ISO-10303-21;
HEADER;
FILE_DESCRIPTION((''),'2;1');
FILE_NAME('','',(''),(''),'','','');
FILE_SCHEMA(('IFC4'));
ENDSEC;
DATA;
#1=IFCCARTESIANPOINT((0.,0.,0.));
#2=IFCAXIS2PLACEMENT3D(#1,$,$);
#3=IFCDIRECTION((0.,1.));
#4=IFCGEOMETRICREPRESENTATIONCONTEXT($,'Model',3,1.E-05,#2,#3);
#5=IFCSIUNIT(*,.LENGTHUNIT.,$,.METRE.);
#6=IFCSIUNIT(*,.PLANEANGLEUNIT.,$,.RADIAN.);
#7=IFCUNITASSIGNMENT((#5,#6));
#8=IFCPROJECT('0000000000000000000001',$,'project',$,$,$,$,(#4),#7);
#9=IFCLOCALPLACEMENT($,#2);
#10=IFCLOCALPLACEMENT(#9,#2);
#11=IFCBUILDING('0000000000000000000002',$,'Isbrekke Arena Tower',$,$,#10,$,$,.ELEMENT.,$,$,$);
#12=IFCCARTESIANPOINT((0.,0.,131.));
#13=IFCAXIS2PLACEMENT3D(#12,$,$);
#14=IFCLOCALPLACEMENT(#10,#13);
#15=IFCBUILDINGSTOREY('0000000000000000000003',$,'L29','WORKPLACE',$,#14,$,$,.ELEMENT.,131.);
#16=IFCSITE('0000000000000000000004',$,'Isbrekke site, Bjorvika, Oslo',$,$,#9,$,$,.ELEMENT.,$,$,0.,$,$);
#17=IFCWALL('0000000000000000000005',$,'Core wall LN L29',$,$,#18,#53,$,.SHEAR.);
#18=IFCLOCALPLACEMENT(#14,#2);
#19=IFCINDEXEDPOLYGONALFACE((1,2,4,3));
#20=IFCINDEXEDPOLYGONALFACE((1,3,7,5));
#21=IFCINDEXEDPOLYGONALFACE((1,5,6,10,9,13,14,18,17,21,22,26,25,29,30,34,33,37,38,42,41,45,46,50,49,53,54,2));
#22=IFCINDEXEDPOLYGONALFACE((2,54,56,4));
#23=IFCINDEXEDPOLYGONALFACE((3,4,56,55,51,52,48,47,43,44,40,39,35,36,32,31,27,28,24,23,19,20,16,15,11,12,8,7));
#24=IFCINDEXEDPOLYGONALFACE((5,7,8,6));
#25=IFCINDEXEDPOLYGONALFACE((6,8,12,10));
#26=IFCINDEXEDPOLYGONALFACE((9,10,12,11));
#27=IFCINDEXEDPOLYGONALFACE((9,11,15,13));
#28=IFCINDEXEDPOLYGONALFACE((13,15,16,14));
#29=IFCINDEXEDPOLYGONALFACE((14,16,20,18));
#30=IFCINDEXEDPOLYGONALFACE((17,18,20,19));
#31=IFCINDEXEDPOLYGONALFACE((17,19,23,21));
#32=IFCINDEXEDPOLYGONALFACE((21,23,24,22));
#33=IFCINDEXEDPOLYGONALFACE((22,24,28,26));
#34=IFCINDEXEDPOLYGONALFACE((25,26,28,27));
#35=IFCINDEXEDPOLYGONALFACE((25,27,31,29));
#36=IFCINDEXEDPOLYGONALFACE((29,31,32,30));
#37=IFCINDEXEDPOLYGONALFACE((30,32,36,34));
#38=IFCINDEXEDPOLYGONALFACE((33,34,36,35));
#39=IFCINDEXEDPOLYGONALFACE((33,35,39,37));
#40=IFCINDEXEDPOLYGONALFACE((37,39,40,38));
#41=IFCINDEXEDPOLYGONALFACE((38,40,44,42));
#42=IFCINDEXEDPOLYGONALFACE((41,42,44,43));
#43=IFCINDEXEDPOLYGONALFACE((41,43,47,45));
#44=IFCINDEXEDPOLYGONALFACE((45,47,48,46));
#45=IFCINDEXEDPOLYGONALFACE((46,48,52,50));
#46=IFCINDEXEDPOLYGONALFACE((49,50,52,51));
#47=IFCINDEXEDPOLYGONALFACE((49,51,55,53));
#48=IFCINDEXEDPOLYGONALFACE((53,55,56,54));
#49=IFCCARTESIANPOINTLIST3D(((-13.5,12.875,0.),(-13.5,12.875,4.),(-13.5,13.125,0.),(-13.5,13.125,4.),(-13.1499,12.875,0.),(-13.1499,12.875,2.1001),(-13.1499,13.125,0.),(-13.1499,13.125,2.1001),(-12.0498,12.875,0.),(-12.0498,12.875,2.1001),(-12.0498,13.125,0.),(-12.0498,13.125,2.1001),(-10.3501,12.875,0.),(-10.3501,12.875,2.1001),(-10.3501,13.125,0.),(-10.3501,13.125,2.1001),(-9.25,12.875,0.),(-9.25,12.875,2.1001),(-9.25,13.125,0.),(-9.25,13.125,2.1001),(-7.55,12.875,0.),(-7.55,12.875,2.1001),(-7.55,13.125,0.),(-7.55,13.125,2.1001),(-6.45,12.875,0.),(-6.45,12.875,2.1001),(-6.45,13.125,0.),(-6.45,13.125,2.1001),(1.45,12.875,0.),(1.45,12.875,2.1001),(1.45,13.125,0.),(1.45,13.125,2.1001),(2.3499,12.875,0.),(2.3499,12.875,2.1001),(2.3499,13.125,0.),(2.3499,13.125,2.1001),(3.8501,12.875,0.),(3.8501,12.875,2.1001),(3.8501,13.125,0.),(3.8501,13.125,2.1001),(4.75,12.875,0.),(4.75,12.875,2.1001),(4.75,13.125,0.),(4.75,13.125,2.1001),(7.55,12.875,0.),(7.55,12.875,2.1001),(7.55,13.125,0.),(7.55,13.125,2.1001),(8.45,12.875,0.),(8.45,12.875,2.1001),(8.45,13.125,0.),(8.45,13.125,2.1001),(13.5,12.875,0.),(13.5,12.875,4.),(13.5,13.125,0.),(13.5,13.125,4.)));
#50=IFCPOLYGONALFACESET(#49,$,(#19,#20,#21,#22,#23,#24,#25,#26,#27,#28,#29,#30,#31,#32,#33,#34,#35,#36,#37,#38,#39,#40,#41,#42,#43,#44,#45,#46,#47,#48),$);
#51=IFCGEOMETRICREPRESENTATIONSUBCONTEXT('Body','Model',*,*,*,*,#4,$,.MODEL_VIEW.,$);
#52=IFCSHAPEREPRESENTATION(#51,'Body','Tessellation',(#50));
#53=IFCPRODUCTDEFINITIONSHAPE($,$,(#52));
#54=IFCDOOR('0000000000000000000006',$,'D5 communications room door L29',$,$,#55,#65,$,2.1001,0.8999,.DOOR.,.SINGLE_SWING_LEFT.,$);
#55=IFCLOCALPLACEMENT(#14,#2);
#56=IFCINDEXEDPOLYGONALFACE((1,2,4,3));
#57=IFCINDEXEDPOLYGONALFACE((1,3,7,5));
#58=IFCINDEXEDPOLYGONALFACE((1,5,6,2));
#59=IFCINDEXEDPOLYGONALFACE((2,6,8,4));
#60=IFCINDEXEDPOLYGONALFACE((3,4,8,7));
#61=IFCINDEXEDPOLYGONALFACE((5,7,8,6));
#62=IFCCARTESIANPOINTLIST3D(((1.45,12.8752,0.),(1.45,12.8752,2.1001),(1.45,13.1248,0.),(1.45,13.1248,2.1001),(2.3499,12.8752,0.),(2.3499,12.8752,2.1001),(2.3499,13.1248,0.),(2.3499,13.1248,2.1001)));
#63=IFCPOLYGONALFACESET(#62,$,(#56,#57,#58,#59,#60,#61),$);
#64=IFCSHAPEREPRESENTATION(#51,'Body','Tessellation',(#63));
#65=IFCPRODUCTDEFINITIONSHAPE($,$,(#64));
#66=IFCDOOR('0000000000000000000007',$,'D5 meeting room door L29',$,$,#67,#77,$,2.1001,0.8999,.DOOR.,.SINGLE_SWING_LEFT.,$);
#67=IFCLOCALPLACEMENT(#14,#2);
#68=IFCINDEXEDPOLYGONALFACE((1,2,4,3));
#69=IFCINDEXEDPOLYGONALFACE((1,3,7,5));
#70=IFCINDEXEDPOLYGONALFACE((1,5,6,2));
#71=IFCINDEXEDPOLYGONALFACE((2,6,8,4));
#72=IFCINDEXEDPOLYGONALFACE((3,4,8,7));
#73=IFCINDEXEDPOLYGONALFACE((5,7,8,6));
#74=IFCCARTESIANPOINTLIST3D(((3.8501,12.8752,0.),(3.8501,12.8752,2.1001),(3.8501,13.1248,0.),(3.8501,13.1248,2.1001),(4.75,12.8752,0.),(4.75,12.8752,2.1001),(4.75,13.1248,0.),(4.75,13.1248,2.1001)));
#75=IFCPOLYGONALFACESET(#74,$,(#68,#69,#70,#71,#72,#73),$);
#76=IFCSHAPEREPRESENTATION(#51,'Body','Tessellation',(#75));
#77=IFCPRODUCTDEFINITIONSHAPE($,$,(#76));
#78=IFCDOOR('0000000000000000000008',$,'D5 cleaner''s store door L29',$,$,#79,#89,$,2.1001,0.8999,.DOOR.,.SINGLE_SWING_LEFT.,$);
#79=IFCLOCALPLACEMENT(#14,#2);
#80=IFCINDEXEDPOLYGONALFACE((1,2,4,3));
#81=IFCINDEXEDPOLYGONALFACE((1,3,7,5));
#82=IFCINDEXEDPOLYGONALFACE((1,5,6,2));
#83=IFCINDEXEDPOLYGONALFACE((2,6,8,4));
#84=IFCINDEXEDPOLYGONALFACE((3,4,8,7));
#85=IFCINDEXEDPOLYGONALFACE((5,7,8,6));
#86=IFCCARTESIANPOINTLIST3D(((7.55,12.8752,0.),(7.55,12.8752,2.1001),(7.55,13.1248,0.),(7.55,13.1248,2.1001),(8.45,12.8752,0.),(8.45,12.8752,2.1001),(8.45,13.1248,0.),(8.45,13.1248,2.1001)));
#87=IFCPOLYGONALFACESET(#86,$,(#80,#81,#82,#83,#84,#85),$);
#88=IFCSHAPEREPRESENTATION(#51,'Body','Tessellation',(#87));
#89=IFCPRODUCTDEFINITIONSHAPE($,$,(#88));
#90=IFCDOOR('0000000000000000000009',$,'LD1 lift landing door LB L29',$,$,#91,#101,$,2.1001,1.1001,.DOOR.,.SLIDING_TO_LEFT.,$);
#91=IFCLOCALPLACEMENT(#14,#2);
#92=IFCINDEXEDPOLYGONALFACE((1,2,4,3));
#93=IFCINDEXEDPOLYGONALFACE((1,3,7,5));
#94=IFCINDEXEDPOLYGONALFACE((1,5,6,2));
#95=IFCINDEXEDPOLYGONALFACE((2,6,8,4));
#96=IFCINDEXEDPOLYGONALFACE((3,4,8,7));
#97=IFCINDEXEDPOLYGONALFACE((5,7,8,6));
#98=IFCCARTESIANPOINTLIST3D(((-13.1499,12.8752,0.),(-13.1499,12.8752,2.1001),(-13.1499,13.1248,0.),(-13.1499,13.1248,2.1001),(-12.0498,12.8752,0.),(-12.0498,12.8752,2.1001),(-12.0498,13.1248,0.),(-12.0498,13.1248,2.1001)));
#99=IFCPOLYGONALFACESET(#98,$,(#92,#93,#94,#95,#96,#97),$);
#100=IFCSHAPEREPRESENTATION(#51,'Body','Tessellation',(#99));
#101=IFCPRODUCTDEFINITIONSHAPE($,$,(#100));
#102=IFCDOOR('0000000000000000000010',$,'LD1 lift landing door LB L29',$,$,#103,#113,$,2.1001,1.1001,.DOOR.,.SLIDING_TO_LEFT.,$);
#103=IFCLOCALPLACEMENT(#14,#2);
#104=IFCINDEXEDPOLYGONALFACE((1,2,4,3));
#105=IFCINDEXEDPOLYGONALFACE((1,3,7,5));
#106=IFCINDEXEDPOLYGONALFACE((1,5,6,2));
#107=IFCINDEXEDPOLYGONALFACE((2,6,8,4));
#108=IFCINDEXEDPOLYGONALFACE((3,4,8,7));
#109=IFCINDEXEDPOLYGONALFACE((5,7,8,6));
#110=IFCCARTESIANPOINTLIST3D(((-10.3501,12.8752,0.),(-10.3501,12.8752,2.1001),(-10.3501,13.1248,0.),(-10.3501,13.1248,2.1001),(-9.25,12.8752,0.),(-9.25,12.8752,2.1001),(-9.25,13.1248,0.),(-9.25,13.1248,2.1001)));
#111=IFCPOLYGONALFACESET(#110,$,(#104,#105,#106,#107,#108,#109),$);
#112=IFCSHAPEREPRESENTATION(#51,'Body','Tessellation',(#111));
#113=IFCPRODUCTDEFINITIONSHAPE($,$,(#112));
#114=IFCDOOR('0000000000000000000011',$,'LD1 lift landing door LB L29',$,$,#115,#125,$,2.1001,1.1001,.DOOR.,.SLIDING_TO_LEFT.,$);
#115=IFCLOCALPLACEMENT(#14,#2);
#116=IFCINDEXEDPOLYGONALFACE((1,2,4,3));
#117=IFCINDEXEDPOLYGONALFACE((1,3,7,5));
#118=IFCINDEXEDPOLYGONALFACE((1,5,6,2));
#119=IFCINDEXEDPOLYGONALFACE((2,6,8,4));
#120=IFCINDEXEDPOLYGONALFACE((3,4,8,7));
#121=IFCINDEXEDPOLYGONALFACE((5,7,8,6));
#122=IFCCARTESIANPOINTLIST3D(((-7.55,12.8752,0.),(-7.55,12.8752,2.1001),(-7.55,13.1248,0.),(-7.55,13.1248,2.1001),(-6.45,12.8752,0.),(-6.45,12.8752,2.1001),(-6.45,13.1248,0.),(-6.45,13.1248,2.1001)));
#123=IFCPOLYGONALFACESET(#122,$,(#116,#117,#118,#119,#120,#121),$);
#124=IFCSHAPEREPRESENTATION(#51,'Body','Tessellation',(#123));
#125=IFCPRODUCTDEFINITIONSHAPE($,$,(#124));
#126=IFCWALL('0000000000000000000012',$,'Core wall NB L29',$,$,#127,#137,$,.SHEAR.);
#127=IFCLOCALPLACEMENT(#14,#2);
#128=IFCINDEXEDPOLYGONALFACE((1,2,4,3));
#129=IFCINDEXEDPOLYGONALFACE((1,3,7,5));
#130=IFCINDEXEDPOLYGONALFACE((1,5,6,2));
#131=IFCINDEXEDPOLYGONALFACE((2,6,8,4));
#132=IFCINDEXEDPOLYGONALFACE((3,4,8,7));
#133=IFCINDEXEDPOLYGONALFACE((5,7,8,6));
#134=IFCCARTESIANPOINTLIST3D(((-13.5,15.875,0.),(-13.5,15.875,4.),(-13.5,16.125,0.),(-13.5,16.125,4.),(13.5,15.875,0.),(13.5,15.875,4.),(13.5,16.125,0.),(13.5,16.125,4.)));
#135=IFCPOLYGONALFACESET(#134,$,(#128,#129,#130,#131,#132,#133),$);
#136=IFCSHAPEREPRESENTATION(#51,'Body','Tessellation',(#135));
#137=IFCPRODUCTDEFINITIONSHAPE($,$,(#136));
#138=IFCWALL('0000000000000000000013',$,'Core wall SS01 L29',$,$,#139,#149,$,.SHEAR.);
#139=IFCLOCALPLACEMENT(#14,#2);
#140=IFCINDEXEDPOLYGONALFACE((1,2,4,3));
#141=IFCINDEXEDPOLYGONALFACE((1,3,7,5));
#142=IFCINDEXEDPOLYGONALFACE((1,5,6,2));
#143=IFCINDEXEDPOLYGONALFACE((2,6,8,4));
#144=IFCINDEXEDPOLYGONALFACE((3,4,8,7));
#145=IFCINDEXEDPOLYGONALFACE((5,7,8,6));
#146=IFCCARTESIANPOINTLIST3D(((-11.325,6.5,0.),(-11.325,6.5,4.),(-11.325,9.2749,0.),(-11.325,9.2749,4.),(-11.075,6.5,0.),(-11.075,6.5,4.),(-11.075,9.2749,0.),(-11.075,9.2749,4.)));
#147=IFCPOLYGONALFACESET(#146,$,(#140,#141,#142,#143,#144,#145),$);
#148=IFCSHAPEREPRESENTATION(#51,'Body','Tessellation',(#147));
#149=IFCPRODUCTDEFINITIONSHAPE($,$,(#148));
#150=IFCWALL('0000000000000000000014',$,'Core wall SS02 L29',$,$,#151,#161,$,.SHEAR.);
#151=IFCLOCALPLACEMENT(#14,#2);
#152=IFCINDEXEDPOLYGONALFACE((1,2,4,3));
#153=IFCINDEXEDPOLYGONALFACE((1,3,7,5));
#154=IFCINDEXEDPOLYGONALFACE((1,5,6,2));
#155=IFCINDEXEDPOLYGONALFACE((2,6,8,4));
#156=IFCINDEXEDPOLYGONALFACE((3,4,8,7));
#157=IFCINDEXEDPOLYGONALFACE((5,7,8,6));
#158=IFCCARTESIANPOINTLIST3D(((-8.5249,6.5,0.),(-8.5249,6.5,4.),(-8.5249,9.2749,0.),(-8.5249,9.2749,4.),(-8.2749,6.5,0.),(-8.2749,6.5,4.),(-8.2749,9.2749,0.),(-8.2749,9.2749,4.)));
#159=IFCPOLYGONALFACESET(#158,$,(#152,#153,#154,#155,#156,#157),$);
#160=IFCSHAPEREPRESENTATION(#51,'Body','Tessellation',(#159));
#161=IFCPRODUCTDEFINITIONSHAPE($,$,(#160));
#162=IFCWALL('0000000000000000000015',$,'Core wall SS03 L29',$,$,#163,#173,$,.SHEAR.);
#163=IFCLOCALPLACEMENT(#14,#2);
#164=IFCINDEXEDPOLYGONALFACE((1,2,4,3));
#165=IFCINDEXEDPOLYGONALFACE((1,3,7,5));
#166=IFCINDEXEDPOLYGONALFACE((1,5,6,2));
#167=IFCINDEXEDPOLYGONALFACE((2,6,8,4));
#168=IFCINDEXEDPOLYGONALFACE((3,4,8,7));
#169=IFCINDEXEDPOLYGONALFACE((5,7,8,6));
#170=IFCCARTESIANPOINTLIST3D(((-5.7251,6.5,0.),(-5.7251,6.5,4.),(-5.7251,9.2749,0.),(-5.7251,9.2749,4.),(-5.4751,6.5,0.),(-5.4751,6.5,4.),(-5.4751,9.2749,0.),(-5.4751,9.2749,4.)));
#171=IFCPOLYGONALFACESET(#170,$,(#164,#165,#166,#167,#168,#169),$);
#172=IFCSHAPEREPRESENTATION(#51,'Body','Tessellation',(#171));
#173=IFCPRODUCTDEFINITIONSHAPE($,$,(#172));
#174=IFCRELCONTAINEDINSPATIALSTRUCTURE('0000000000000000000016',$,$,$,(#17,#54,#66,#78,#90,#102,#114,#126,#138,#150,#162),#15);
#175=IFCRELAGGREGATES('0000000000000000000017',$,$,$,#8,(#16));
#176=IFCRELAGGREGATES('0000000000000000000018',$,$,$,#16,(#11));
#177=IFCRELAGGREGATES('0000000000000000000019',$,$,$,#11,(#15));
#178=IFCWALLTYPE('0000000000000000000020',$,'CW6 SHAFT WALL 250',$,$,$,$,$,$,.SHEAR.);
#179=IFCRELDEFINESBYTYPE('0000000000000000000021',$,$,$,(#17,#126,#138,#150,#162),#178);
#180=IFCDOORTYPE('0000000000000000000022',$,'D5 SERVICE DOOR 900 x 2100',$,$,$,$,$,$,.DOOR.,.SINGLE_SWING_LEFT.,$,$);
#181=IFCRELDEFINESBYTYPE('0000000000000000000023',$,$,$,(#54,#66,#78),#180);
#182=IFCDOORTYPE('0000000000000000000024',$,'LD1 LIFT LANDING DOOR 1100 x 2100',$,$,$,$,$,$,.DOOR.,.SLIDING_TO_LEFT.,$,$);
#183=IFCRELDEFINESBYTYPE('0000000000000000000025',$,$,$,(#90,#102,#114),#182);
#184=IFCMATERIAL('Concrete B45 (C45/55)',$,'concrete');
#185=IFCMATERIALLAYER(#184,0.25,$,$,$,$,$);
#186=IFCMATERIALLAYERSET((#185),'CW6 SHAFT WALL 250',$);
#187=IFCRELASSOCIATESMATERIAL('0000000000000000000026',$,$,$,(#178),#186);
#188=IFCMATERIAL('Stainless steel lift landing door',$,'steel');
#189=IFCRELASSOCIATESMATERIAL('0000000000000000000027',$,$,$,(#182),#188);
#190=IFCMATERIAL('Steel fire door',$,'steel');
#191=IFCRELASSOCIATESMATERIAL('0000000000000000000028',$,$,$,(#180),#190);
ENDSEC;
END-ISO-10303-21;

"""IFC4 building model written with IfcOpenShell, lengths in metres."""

from ifc_helpers import new_model, si_unit, direction, frame, frame_2d, origin, place, context, subcontext, project, spatial, rectangle, extrude, material, layer, layer_set, type_object, element, fill, save


model = new_model("IFC4")

# Units and contexts
model_context = context("Model", 3, precision=1e-05, world=origin(), true_north=direction((0.0, 1.0)))
body_context = subcontext(model_context, "Body", "Model", "MODEL_VIEW")
ifc_project = project(units=[si_unit("LENGTHUNIT", "METRE"), si_unit("PLANEANGLEUNIT", "RADIAN")], contexts=[model_context])

# Site, building, storey
site_placement = place(None, origin())
site = spatial("IfcSite", under=ifc_project, at=site_placement, Name="Isbrekke site, Bjorvika, Oslo", CompositionType="ELEMENT", RefElevation=0.0)
building_placement = place(site_placement, origin())
building = spatial("IfcBuilding", under=site, at=building_placement, Name="Isbrekke Arena Tower", CompositionType="ELEMENT")
storey_placement = place(building_placement, frame((0.0, 0.0, 131.0)))
storey = spatial("IfcBuildingStorey", under=building, at=storey_placement, Name="L29", Description="WORKPLACE", CompositionType="ELEMENT", Elevation=131.0)

# Wall, openings, doors
ifc_material_1 = material(Name="Concrete B45 (C45/55)", Category="concrete")
ifc_layer_1 = layer(ifc_material_1, 0.25)
ifc_layer_set_1 = layer_set([ifc_layer_1], Name="CW6 SHAFT WALL 250")
wall_type_1 = type_object("IfcWallType", Name="CW6 SHAFT WALL 250", PredefinedType="SHEAR", material=ifc_layer_set_1)
ifc_material_2 = material(Name="Stainless steel lift landing door", Category="steel")
door_type_1 = type_object("IfcDoorType", Name="LD1 LIFT LANDING DOOR 1100 x 2100", OperationType="SLIDING_TO_LEFT", PredefinedType="DOOR", material=ifc_material_2)
wall_1_placement = place(storey_placement, frame((-13.5, 13.0, 0.0), z_axis=(0.0, 0.0, 1.0), x_axis=(1.0, 0.0, 0.0)))
wall_1 = element("IfcWall", 1, at=wall_1_placement, inside=storey, type_object=wall_type_1, Name="Core wall LN L29", PredefinedType="SHEAR", context=body_context, shape_type="SweptSolid", body=[
    extrude(rectangle(XDim=27.0, YDim=0.25, at=frame_2d((13.5, 0.0))), origin(), (0.0, 0.0, 1.0), 4.0),
])
opening_1_placement = place(wall_1_placement, frame((0.3501, 0.0, 0.0)))
opening_1 = element("IfcOpeningElement", 2, at=opening_1_placement, cuts=wall_1, PredefinedType="OPENING", context=body_context, shape_type="SweptSolid", body=[
    extrude(rectangle(XDim=1.1001, YDim=2.1001, at=frame_2d((0.55, 1.05))), frame((0.0, 0.1399, 0.0), z_axis=(0.0, -1.0, 0.0), x_axis=(1.0, 0.0, 0.0)), (0.0, 0.0, 1.0), 0.2798),
])
opening_2_placement = place(wall_1_placement, frame((3.1499, 0.0, 0.0)))
opening_2 = element("IfcOpeningElement", 3, at=opening_2_placement, cuts=wall_1, PredefinedType="OPENING", context=body_context, shape_type="SweptSolid", body=[
    extrude(rectangle(XDim=1.1001, YDim=2.1001, at=frame_2d((0.55, 1.05))), frame((0.0, 0.1399, 0.0), z_axis=(0.0, -1.0, 0.0), x_axis=(1.0, 0.0, 0.0)), (0.0, 0.0, 1.0), 0.2798),
])
opening_3_placement = place(wall_1_placement, frame((5.95, 0.0, 0.0)))
opening_3 = element("IfcOpeningElement", 4, at=opening_3_placement, cuts=wall_1, PredefinedType="OPENING", context=body_context, shape_type="SweptSolid", body=[
    extrude(rectangle(XDim=1.1001, YDim=2.1001, at=frame_2d((0.55, 1.05))), frame((0.0, 0.1399, 0.0), z_axis=(0.0, -1.0, 0.0), x_axis=(1.0, 0.0, 0.0)), (0.0, 0.0, 1.0), 0.2798),
])
opening_4_placement = place(wall_1_placement, frame((14.95, 0.0, 0.0)))
opening_4 = element("IfcOpeningElement", 5, at=opening_4_placement, cuts=wall_1, PredefinedType="OPENING", context=body_context, shape_type="SweptSolid", body=[
    extrude(rectangle(XDim=0.8999, YDim=2.1001, at=frame_2d((0.45, 1.05))), frame((0.0, 0.1399, 0.0), z_axis=(0.0, -1.0, 0.0), x_axis=(1.0, 0.0, 0.0)), (0.0, 0.0, 1.0), 0.2798),
])
opening_5_placement = place(wall_1_placement, frame((17.3501, 0.0, 0.0)))
opening_5 = element("IfcOpeningElement", 6, at=opening_5_placement, cuts=wall_1, PredefinedType="OPENING", context=body_context, shape_type="SweptSolid", body=[
    extrude(rectangle(XDim=0.8999, YDim=2.1001, at=frame_2d((0.45, 1.05))), frame((0.0, 0.1399, 0.0), z_axis=(0.0, -1.0, 0.0), x_axis=(1.0, 0.0, 0.0)), (0.0, 0.0, 1.0), 0.2798),
])
opening_6_placement = place(wall_1_placement, frame((21.05, 0.0, 0.0)))
opening_6 = element("IfcOpeningElement", 7, at=opening_6_placement, cuts=wall_1, PredefinedType="OPENING", context=body_context, shape_type="SweptSolid", body=[
    extrude(rectangle(XDim=0.8999, YDim=2.1001, at=frame_2d((0.45, 1.05))), frame((0.0, 0.1399, 0.0), z_axis=(0.0, -1.0, 0.0), x_axis=(1.0, 0.0, 0.0)), (0.0, 0.0, 1.0), 0.2798),
])
ifc_material_3 = material(Name="Steel fire door", Category="steel")
door_type_2 = type_object("IfcDoorType", Name="D5 SERVICE DOOR 900 x 2100", OperationType="SINGLE_SWING_LEFT", PredefinedType="DOOR", material=ifc_material_3)
door_1_placement = place(opening_4_placement, origin())
door_1 = element("IfcDoor", 8, at=door_1_placement, inside=storey, type_object=door_type_2, Name="D5 communications room door L29", OperationType="SINGLE_SWING_LEFT", OverallHeight=2.1001, OverallWidth=0.8999, PredefinedType="DOOR", context=body_context, shape_type="SweptSolid", body=[
    extrude(rectangle(XDim=0.8999, YDim=2.1001, at=frame_2d((0.45, 1.05))), frame((0.0, 0.1248, 0.0), z_axis=(0.0, -1.0, 0.0), x_axis=(1.0, 0.0, 0.0)), (0.0, 0.0, 1.0), 0.2495),
])
fill(opening_4, door_1)
door_2_placement = place(opening_5_placement, origin())
door_2 = element("IfcDoor", 9, at=door_2_placement, inside=storey, type_object=door_type_2, Name="D5 meeting room door L29", OperationType="SINGLE_SWING_LEFT", OverallHeight=2.1001, OverallWidth=0.8999, PredefinedType="DOOR", context=body_context, shape_type="SweptSolid", body=[
    extrude(rectangle(XDim=0.8999, YDim=2.1001, at=frame_2d((0.45, 1.05))), frame((0.0, 0.1248, 0.0), z_axis=(0.0, -1.0, 0.0), x_axis=(1.0, 0.0, 0.0)), (0.0, 0.0, 1.0), 0.2495),
])
fill(opening_5, door_2)
door_3_placement = place(opening_6_placement, origin())
door_3 = element("IfcDoor", 10, at=door_3_placement, inside=storey, type_object=door_type_2, Name="D5 cleaner's store door L29", OperationType="SINGLE_SWING_LEFT", OverallHeight=2.1001, OverallWidth=0.8999, PredefinedType="DOOR", context=body_context, shape_type="SweptSolid", body=[
    extrude(rectangle(XDim=0.8999, YDim=2.1001, at=frame_2d((0.45, 1.05))), frame((0.0, 0.1248, 0.0), z_axis=(0.0, -1.0, 0.0), x_axis=(1.0, 0.0, 0.0)), (0.0, 0.0, 1.0), 0.2495),
])
fill(opening_6, door_3)
door_4_placement = place(opening_1_placement, origin())
door_4 = element("IfcDoor", 11, at=door_4_placement, inside=storey, type_object=door_type_1, Name="LD1 lift landing door LB L29", OperationType="SLIDING_TO_LEFT", OverallHeight=2.1001, OverallWidth=1.1001, PredefinedType="DOOR", context=body_context, shape_type="SweptSolid", body=[
    extrude(rectangle(XDim=1.1001, YDim=2.1001, at=frame_2d((0.55, 1.05))), frame((0.0, 0.1248, 0.0), z_axis=(0.0, -1.0, 0.0), x_axis=(1.0, 0.0, 0.0)), (0.0, 0.0, 1.0), 0.2495),
])
fill(opening_1, door_4)
door_5_placement = place(opening_2_placement, origin())
door_5 = element("IfcDoor", 12, at=door_5_placement, inside=storey, type_object=door_type_1, Name="LD1 lift landing door LB L29", OperationType="SLIDING_TO_LEFT", OverallHeight=2.1001, OverallWidth=1.1001, PredefinedType="DOOR", context=body_context, shape_type="SweptSolid", body=[
    extrude(rectangle(XDim=1.1001, YDim=2.1001, at=frame_2d((0.55, 1.05))), frame((0.0, 0.1248, 0.0), z_axis=(0.0, -1.0, 0.0), x_axis=(1.0, 0.0, 0.0)), (0.0, 0.0, 1.0), 0.2495),
])
fill(opening_2, door_5)
door_6_placement = place(opening_3_placement, origin())
door_6 = element("IfcDoor", 13, at=door_6_placement, inside=storey, type_object=door_type_1, Name="LD1 lift landing door LB L29", OperationType="SLIDING_TO_LEFT", OverallHeight=2.1001, OverallWidth=1.1001, PredefinedType="DOOR", context=body_context, shape_type="SweptSolid", body=[
    extrude(rectangle(XDim=1.1001, YDim=2.1001, at=frame_2d((0.55, 1.05))), frame((0.0, 0.1248, 0.0), z_axis=(0.0, -1.0, 0.0), x_axis=(1.0, 0.0, 0.0)), (0.0, 0.0, 1.0), 0.2495),
])
fill(opening_3, door_6)

# Walls
wall_2_placement = place(storey_placement, frame((-13.5, 16.0, 0.0), z_axis=(0.0, 0.0, 1.0), x_axis=(1.0, 0.0, 0.0)))
element("IfcWall", 14, at=wall_2_placement, inside=storey, type_object=wall_type_1, Name="Core wall NB L29", PredefinedType="SHEAR", context=body_context, shape_type="SweptSolid", body=[
    extrude(rectangle(XDim=27.0, YDim=0.25, at=frame_2d((13.5, 0.0))), origin(), (0.0, 0.0, 1.0), 4.0),
])
for number, where, z_axis, x_axis, name in (
    (15, (-11.2, 6.5, 0.0), (0.0, 0.0, 1.0), (0.0, 1.0, 0.0), "Core wall SS01 L29"),
    (16, (-8.3999, 6.5, 0.0), (0.0, 0.0, 1.0), (0.0, 1.0, 0.0), "Core wall SS02 L29"),
    (17, (-5.6001, 6.5, 0.0), (0.0, 0.0, 1.0), (0.0, 1.0, 0.0), "Core wall SS03 L29"),
):
    element("IfcWall", number, at=place(storey_placement, frame(where, z_axis=z_axis, x_axis=x_axis)), inside=storey, type_object=wall_type_1, Name=name, PredefinedType="SHEAR", context=body_context, shape_type="SweptSolid", body=[
        extrude(rectangle(XDim=2.7749, YDim=0.25, at=frame_2d((1.3875, 0.0))), origin(), (0.0, 0.0, 1.0), 4.0),
    ])

save(model, "model.ifc")
